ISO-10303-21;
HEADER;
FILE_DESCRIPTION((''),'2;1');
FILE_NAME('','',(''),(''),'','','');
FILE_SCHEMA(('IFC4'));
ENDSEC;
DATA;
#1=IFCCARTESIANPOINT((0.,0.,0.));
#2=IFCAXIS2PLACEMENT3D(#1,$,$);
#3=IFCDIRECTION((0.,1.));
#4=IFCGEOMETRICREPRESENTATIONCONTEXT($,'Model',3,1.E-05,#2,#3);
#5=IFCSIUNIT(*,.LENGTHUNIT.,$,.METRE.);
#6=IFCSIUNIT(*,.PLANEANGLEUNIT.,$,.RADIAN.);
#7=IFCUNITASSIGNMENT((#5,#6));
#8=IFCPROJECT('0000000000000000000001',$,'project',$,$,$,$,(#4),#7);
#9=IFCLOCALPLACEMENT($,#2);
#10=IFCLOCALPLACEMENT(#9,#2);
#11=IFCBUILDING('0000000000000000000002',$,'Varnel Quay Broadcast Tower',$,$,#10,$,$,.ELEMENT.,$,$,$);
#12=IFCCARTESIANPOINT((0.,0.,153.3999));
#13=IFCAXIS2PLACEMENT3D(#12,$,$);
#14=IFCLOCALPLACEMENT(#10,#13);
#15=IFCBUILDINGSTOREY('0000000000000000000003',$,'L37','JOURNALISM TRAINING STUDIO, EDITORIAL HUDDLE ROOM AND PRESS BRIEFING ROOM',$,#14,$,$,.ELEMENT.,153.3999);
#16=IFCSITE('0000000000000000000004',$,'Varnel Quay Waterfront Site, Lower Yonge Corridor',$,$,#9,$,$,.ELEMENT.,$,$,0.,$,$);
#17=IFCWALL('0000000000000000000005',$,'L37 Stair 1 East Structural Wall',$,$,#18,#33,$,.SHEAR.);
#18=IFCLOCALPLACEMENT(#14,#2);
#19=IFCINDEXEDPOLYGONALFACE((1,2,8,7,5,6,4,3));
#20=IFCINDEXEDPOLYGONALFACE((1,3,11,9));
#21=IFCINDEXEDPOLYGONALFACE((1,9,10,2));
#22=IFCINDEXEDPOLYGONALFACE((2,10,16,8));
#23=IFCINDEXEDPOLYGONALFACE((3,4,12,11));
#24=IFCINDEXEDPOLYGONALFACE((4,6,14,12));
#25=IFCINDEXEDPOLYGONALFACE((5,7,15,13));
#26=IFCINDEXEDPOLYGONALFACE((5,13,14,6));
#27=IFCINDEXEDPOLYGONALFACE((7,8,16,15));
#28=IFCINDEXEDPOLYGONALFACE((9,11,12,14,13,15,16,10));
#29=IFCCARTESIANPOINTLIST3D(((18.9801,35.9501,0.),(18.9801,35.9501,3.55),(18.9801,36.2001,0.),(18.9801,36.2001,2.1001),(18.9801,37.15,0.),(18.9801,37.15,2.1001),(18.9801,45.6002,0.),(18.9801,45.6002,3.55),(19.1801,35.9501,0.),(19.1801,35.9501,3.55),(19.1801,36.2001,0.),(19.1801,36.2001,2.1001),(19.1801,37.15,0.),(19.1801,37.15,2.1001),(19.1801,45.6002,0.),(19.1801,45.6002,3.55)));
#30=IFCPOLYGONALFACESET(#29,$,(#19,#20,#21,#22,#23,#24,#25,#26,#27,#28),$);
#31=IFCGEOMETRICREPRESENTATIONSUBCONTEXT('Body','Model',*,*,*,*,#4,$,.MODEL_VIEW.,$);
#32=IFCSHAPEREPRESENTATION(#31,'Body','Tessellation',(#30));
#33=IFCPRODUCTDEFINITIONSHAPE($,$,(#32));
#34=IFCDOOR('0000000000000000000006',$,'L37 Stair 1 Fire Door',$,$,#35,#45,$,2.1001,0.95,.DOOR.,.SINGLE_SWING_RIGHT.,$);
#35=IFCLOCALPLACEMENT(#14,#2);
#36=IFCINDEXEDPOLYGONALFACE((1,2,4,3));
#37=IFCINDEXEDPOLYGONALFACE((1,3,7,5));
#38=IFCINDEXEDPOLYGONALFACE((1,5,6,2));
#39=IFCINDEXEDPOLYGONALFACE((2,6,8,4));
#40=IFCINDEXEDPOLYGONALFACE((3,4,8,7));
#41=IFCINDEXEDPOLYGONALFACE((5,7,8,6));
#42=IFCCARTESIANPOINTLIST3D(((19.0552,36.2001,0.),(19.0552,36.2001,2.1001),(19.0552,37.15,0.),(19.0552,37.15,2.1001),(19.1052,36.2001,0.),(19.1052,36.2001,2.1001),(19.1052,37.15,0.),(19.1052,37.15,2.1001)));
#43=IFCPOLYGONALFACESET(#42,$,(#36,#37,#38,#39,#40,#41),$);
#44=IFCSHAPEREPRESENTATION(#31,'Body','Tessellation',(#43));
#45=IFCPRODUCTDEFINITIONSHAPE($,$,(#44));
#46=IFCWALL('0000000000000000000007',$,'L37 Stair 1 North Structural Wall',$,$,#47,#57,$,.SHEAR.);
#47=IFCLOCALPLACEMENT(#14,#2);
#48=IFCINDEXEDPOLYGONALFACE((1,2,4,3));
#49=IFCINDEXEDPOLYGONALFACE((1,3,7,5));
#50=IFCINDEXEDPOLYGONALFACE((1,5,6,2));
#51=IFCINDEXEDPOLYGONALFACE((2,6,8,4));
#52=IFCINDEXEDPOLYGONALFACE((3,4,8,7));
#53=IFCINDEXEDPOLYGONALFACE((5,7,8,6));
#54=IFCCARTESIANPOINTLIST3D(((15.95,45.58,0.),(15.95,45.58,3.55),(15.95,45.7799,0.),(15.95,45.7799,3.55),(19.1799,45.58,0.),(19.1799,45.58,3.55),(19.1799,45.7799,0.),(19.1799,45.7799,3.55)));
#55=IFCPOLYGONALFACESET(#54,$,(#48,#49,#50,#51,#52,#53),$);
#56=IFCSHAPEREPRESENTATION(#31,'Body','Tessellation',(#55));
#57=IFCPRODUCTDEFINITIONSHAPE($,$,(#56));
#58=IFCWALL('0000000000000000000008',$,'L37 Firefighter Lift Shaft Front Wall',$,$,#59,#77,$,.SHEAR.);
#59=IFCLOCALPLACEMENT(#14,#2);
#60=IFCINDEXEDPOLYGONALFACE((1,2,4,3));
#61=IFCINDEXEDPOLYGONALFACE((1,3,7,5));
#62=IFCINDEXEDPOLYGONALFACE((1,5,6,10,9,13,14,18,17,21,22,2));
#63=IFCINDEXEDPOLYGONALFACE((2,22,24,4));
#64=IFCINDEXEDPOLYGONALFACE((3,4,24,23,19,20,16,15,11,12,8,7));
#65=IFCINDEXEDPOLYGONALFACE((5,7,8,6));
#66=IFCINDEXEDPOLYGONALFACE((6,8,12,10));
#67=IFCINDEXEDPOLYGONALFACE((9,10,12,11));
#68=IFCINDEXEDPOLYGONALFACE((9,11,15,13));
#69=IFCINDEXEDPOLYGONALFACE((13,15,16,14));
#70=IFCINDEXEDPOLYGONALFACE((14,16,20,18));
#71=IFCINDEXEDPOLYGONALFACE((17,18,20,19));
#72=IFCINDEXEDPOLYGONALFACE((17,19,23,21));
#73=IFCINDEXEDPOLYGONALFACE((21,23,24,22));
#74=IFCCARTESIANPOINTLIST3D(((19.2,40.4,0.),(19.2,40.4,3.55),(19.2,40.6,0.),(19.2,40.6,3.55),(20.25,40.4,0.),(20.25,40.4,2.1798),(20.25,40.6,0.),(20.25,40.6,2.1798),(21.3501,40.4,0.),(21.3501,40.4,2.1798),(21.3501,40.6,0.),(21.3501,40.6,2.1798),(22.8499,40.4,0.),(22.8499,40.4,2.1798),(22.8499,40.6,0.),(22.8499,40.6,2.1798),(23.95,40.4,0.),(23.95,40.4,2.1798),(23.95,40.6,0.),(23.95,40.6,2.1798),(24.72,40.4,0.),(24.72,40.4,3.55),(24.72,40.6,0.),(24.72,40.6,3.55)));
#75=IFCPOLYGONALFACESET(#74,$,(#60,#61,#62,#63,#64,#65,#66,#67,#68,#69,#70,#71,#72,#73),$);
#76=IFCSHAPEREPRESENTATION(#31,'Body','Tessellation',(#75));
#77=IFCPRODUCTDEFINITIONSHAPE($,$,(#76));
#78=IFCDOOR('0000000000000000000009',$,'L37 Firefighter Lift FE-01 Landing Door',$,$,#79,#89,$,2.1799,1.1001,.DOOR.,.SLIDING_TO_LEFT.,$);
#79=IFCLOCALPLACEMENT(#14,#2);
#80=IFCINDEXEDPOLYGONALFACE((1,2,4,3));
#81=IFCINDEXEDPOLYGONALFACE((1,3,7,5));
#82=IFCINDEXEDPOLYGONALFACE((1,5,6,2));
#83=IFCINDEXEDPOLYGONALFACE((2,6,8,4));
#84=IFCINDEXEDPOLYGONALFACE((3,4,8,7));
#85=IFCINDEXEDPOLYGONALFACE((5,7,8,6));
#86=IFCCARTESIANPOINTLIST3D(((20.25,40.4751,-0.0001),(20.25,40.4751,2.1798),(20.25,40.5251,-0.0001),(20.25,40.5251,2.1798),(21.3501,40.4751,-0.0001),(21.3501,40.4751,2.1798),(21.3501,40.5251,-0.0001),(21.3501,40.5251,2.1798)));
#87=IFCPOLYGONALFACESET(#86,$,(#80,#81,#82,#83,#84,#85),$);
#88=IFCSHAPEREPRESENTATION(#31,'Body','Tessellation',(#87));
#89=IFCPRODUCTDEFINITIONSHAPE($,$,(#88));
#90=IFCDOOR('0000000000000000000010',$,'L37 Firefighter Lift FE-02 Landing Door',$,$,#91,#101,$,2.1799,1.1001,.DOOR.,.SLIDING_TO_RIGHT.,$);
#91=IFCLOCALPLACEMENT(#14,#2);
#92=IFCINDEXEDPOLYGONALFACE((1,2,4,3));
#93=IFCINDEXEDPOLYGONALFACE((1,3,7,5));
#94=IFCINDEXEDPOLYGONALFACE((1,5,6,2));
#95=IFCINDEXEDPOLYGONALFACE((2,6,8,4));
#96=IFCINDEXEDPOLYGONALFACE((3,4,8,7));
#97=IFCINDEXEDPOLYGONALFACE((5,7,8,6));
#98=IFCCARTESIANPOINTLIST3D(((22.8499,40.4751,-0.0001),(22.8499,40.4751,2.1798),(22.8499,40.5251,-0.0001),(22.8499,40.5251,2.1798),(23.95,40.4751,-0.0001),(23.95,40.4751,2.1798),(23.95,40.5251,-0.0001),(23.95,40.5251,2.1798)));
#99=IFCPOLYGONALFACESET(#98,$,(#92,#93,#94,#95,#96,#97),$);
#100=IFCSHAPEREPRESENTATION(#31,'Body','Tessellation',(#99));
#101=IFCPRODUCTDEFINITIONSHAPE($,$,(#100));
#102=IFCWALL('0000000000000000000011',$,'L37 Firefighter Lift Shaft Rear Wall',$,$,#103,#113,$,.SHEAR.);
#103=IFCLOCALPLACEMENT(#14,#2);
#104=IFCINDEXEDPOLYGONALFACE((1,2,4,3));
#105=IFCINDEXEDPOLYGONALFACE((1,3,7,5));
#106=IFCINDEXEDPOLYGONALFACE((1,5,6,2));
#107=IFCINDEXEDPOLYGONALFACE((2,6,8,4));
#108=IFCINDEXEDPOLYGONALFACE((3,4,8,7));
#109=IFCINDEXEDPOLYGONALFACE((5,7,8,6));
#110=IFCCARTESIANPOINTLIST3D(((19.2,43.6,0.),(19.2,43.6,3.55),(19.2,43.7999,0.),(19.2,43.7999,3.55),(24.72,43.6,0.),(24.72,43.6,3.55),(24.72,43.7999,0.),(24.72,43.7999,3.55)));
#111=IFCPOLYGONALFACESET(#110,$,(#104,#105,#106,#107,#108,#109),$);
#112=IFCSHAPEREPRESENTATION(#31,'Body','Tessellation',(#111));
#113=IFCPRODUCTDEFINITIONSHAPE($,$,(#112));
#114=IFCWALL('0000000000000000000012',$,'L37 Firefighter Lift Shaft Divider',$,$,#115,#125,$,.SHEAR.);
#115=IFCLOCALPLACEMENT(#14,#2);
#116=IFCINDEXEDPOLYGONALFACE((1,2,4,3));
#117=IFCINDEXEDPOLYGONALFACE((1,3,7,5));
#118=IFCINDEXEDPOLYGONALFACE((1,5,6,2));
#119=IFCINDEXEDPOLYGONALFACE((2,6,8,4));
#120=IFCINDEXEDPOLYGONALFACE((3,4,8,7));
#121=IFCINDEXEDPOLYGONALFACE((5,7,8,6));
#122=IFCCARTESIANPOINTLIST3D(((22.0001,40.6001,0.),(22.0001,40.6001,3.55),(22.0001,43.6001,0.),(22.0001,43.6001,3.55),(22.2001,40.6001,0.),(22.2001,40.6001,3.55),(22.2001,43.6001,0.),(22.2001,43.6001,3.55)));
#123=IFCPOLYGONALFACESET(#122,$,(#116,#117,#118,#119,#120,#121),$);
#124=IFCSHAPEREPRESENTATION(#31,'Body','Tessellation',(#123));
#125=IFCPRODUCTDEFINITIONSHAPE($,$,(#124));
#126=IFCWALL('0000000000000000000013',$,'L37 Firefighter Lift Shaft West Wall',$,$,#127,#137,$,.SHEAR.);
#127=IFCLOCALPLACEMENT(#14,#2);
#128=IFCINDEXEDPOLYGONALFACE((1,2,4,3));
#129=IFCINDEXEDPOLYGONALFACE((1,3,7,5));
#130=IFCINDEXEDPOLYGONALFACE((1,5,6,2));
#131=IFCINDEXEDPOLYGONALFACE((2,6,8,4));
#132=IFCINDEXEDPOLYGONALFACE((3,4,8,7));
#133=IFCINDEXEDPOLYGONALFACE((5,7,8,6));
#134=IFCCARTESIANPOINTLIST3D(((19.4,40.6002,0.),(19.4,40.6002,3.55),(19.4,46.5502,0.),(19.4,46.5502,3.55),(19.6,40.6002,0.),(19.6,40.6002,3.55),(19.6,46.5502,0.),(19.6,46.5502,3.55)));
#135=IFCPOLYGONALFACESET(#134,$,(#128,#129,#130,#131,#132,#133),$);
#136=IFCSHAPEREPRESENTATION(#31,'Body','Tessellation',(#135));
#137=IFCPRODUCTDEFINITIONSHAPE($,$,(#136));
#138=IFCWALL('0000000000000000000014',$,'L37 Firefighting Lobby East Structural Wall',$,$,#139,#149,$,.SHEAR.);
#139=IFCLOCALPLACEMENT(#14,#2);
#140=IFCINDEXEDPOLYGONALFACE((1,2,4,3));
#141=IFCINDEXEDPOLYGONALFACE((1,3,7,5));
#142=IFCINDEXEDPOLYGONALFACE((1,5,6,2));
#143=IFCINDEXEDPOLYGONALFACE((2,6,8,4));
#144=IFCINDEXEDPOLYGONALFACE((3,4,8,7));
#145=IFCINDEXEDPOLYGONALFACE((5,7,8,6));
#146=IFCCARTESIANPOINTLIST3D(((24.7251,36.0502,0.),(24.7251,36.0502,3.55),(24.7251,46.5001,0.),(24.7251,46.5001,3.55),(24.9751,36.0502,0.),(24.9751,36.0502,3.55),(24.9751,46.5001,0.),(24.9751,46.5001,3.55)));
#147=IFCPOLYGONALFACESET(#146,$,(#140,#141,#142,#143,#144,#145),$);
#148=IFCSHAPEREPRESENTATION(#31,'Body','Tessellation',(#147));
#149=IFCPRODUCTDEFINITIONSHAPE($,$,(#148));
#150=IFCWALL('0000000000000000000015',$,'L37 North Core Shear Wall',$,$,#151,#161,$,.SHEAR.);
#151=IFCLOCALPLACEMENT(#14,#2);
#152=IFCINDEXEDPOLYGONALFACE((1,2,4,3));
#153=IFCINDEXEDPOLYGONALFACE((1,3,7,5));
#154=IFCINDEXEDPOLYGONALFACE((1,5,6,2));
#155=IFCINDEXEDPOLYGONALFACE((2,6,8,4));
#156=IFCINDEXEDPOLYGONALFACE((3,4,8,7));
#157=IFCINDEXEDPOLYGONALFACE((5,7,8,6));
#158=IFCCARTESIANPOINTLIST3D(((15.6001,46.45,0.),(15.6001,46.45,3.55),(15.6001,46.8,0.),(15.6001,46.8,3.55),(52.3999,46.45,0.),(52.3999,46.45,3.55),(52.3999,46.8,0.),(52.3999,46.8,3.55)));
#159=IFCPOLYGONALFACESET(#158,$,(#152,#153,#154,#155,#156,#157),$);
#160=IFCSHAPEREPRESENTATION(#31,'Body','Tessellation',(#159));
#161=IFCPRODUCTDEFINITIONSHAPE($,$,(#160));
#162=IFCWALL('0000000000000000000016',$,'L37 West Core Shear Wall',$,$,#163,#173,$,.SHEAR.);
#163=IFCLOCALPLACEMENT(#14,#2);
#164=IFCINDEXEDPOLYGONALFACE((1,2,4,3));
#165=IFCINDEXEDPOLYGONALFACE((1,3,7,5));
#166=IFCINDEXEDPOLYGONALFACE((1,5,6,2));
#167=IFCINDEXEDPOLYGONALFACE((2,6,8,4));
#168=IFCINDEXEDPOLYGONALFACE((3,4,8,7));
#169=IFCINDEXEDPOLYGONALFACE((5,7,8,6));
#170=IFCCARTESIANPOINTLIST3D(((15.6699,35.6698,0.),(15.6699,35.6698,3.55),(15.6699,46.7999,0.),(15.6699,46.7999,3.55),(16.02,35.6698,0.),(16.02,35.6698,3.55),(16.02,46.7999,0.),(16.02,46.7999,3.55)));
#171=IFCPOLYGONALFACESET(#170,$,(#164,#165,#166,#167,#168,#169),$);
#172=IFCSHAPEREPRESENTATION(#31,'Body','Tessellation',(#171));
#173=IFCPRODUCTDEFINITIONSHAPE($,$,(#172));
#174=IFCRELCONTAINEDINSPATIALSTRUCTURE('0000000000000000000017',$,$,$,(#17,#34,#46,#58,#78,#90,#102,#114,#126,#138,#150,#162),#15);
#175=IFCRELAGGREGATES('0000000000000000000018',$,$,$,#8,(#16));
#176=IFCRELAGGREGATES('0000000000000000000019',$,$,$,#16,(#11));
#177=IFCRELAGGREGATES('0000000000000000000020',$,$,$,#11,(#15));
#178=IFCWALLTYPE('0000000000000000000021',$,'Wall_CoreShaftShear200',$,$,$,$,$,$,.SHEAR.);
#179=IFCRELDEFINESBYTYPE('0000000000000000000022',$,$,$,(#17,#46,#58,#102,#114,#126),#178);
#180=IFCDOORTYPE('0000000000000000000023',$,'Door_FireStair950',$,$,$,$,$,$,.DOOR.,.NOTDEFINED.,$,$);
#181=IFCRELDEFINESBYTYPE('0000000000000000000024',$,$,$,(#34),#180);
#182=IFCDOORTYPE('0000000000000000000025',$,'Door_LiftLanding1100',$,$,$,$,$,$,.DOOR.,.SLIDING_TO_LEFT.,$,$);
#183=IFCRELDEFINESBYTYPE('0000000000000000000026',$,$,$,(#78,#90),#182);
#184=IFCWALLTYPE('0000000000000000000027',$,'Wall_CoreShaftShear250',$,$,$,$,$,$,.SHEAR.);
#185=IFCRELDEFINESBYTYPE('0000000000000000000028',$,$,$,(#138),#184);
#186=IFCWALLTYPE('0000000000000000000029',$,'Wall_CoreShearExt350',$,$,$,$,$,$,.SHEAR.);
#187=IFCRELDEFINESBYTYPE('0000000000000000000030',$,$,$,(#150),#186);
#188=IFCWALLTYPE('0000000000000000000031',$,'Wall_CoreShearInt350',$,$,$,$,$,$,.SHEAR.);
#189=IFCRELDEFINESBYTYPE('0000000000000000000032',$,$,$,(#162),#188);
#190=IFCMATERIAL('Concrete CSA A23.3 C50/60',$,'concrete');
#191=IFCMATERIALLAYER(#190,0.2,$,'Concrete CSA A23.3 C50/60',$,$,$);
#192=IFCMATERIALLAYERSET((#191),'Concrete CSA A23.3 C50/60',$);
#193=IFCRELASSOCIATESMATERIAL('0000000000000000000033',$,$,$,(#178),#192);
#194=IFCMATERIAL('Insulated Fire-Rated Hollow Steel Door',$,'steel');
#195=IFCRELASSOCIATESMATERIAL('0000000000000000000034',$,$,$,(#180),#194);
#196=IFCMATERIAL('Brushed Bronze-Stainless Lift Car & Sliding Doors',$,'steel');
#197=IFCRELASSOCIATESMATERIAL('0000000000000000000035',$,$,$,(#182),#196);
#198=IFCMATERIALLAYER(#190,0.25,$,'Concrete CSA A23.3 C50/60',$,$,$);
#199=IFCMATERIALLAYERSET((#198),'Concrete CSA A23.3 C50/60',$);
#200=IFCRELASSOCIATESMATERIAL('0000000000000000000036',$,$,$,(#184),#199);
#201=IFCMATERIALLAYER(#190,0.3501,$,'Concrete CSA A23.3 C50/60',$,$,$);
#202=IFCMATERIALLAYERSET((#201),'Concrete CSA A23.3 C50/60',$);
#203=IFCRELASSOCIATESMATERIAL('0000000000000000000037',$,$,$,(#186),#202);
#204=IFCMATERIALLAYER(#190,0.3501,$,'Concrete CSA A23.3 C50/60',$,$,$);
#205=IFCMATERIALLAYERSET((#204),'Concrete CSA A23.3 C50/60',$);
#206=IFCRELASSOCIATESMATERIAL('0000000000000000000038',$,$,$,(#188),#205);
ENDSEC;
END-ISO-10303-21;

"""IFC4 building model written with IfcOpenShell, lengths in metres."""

from ifc_helpers import new_model, si_unit, direction, frame, frame_2d, origin, place, context, subcontext, project, spatial, rectangle, extrude, source, transform, mapped, material, layer, layer_set, type_object, type_shapes, element, fill, save


model = new_model("IFC4")

# Units and contexts
model_context = context("Model", 3, precision=1e-05, world=origin(), true_north=direction((0.0, 1.0)))
body_context = subcontext(model_context, "Body", "Model", "MODEL_VIEW")
ifc_project = project(units=[si_unit("LENGTHUNIT", "METRE"), si_unit("PLANEANGLEUNIT", "RADIAN")], contexts=[model_context])

# Site, building, storey
site_placement = place(None, origin())
site = spatial("IfcSite", under=ifc_project, at=site_placement, Name="Varnel Quay Waterfront Site, Lower Yonge Corridor", CompositionType="ELEMENT", RefElevation=0.0)
building_placement = place(site_placement, origin())
building = spatial("IfcBuilding", under=site, at=building_placement, Name="Varnel Quay Broadcast Tower", CompositionType="ELEMENT")
storey_placement = place(building_placement, frame((0.0, 0.0, 153.3999)))
storey = spatial("IfcBuildingStorey", under=building, at=storey_placement, Name="L37", Description="JOURNALISM TRAINING STUDIO, EDITORIAL HUDDLE ROOM AND PRESS BRIEFING ROOM", CompositionType="ELEMENT", Elevation=153.3999)

# Wall, opening, door
ifc_material_1 = material(Name="Concrete CSA A23.3 C50/60", Category="concrete")
ifc_layer_1 = layer(ifc_material_1, 0.2, Name="Concrete CSA A23.3 C50/60")
ifc_layer_set_1 = layer_set([ifc_layer_1], Name="Concrete CSA A23.3 C50/60")
wall_type_1 = type_object("IfcWallType", Name="Wall_CoreShaftShear200", PredefinedType="SHEAR", material=ifc_layer_set_1)
wall_1_placement = place(storey_placement, frame((19.0801, 35.95, 0.0), z_axis=(0.0, 0.0, 1.0), x_axis=(0.0, 1.0, 0.0)))
wall_1 = element("IfcWall", 1, at=wall_1_placement, inside=storey, type_object=wall_type_1, Name="L37 Stair 1 East Structural Wall", PredefinedType="SHEAR", context=body_context, shape_type="SweptSolid", body=[
    extrude(rectangle(XDim=9.6501, YDim=0.2, at=frame_2d((4.8252, 0.0))), origin(), (0.0, 0.0, 1.0), 3.55),
])
opening_1_placement = place(wall_1_placement, frame((0.25, 0.0, 0.0)))
opening_1 = element("IfcOpeningElement", 2, at=opening_1_placement, cuts=wall_1, PredefinedType="OPENING", context=body_context, shape_type="SweptSolid", body=[
    extrude(rectangle(XDim=0.95, YDim=2.1001, at=frame_2d((0.4751, 1.05))), frame((0.0, 0.1099, 0.0), z_axis=(0.0, -1.0, 0.0), x_axis=(1.0, 0.0, 0.0)), (0.0, 0.0, 1.0), 0.22),
])
ifc_material_2 = material(Name="Insulated Fire-Rated Hollow Steel Door", Category="steel")
door_type_1 = type_object("IfcDoorType", Name="Door_FireStair950", OperationType="NOTDEFINED", PredefinedType="DOOR", material=ifc_material_2)
shared_shape_1 = source(origin(), body_context, "Body", "SweptSolid", [
    extrude(rectangle(XDim=0.95, YDim=2.1001, at=frame_2d((0.4751, 1.05))), frame((0.0, 0.0249, 0.0), z_axis=(0.0, -1.0, 0.0), x_axis=(1.0, 0.0, 0.0)), (0.0, 0.0, 1.0), 0.05),
])
type_shapes(door_type_1, [shared_shape_1])
door_1_placement = place(opening_1_placement, origin())
door_1 = element("IfcDoor", 3, at=door_1_placement, inside=storey, type_object=door_type_1, Name="L37 Stair 1 Fire Door", OperationType="SINGLE_SWING_RIGHT", OverallHeight=2.1001, OverallWidth=0.95, PredefinedType="DOOR", context=body_context, shape_type="MappedRepresentation", body=[
    mapped(shared_shape_1, transform((0.0, 0.0, 0.0), x_axis=(1.0, 0.0, 0.0), y_axis=(0.0, 1.0, 0.0), z_axis=(0.0, 0.0, 1.0), scale=1.0)),
])
fill(opening_1, door_1)

# Wall
wall_2_placement = place(storey_placement, frame((15.95, 45.6799, 0.0), z_axis=(0.0, 0.0, 1.0), x_axis=(1.0, 0.0, 0.0)))
element("IfcWall", 4, at=wall_2_placement, inside=storey, type_object=wall_type_1, Name="L37 Stair 1 North Structural Wall", PredefinedType="SHEAR", context=body_context, shape_type="SweptSolid", body=[
    extrude(rectangle(XDim=3.23, YDim=0.2, at=frame_2d((1.615, 0.0))), origin(), (0.0, 0.0, 1.0), 3.55),
])

# Wall, openings, doors
wall_3_placement = place(storey_placement, frame((19.2, 40.5, 0.0), z_axis=(0.0, 0.0, 1.0), x_axis=(1.0, 0.0, 0.0)))
wall_3 = element("IfcWall", 5, at=wall_3_placement, inside=storey, type_object=wall_type_1, Name="L37 Firefighter Lift Shaft Front Wall", PredefinedType="SHEAR", context=body_context, shape_type="SweptSolid", body=[
    extrude(rectangle(XDim=5.52, YDim=0.2, at=frame_2d((2.76, 0.0))), origin(), (0.0, 0.0, 1.0), 3.55),
])
opening_2_placement = place(wall_3_placement, frame((1.05, 0.0, 0.0)))
opening_2 = element("IfcOpeningElement", 6, at=opening_2_placement, cuts=wall_3, PredefinedType="OPENING", context=body_context, shape_type="SweptSolid", body=[
    extrude(rectangle(XDim=1.1001, YDim=2.1799, at=frame_2d((0.55, 1.0898))), frame((0.0, 0.1099, 0.0), z_axis=(0.0, -1.0, 0.0), x_axis=(1.0, 0.0, 0.0)), (0.0, 0.0, 1.0), 0.22),
])
opening_3_placement = place(wall_3_placement, frame((3.6499, 0.0, 0.0)))
opening_3 = element("IfcOpeningElement", 7, at=opening_3_placement, cuts=wall_3, PredefinedType="OPENING", context=body_context, shape_type="SweptSolid", body=[
    extrude(rectangle(XDim=1.1001, YDim=2.1799, at=frame_2d((0.55, 1.0898))), frame((0.0, 0.1099, 0.0), z_axis=(0.0, -1.0, 0.0), x_axis=(1.0, 0.0, 0.0)), (0.0, 0.0, 1.0), 0.22),
])
ifc_material_3 = material(Name="Brushed Bronze-Stainless Lift Car & Sliding Doors", Category="steel")
door_type_2 = type_object("IfcDoorType", Name="Door_LiftLanding1100", OperationType="SLIDING_TO_LEFT", PredefinedType="DOOR", material=ifc_material_3)
shared_shape_2 = source(origin(), body_context, "Body", "SweptSolid", [
    extrude(rectangle(XDim=1.1001, YDim=2.1799, at=frame_2d((0.55, 1.0898))), frame((0.0, 0.0249, 0.0), z_axis=(0.0, -1.0, 0.0), x_axis=(1.0, 0.0, 0.0)), (0.0, 0.0, 1.0), 0.05),
])
type_shapes(door_type_2, [shared_shape_2])
door_2_placement = place(opening_2_placement, frame((1.1001, 0.0, 0.0), z_axis=(0.0, 0.0, 1.0), x_axis=(-1.0, 0.0, 0.0)))
door_2 = element("IfcDoor", 8, at=door_2_placement, inside=storey, type_object=door_type_2, Name="L37 Firefighter Lift FE-01 Landing Door", OperationType="SLIDING_TO_LEFT", OverallHeight=2.1799, OverallWidth=1.1001, PredefinedType="DOOR", context=body_context, shape_type="MappedRepresentation", body=[
    mapped(shared_shape_2, transform((0.0, 0.0, 0.0), x_axis=(1.0, 0.0, 0.0), y_axis=(0.0, 1.0, 0.0), z_axis=(0.0, 0.0, 1.0), scale=1.0)),
])
fill(opening_2, door_2)
door_3_placement = place(opening_3_placement, frame((1.1001, 0.0, 0.0), z_axis=(0.0, 0.0, 1.0), x_axis=(-1.0, 0.0, 0.0)))
door_3 = element("IfcDoor", 9, at=door_3_placement, inside=storey, type_object=door_type_2, Name="L37 Firefighter Lift FE-02 Landing Door", OperationType="SLIDING_TO_RIGHT", OverallHeight=2.1799, OverallWidth=1.1001, PredefinedType="DOOR", context=body_context, shape_type="MappedRepresentation", body=[
    mapped(shared_shape_2, transform((0.0, 0.0, 0.0), x_axis=(1.0, 0.0, 0.0), y_axis=(0.0, 1.0, 0.0), z_axis=(0.0, 0.0, 1.0), scale=1.0)),
])
fill(opening_3, door_3)

# Walls
wall_4_placement = place(storey_placement, frame((19.2, 43.7, 0.0), z_axis=(0.0, 0.0, 1.0), x_axis=(1.0, 0.0, 0.0)))
element("IfcWall", 10, at=wall_4_placement, inside=storey, type_object=wall_type_1, Name="L37 Firefighter Lift Shaft Rear Wall", PredefinedType="SHEAR", context=body_context, shape_type="SweptSolid", body=[
    extrude(rectangle(XDim=5.52, YDim=0.2, at=frame_2d((2.76, 0.0))), origin(), (0.0, 0.0, 1.0), 3.55),
])
wall_5_placement = place(storey_placement, frame((22.1001, 40.6001, 0.0), z_axis=(0.0, 0.0, 1.0), x_axis=(0.0, 1.0, 0.0)))
element("IfcWall", 11, at=wall_5_placement, inside=storey, type_object=wall_type_1, Name="L37 Firefighter Lift Shaft Divider", PredefinedType="SHEAR", context=body_context, shape_type="SweptSolid", body=[
    extrude(rectangle(XDim=3.0, YDim=0.2, at=frame_2d((1.5, 0.0))), origin(), (0.0, 0.0, 1.0), 3.55),
])
wall_6_placement = place(storey_placement, frame((19.5, 40.6001, 0.0), z_axis=(0.0, 0.0, 1.0), x_axis=(0.0, 1.0, 0.0)))
element("IfcWall", 12, at=wall_6_placement, inside=storey, type_object=wall_type_1, Name="L37 Firefighter Lift Shaft West Wall", PredefinedType="SHEAR", context=body_context, shape_type="SweptSolid", body=[
    extrude(rectangle(XDim=5.95, YDim=0.2, at=frame_2d((2.9751, 0.0))), origin(), (0.0, 0.0, 1.0), 3.55),
])
ifc_layer_2 = layer(ifc_material_1, 0.25, Name="Concrete CSA A23.3 C50/60")
ifc_layer_set_2 = layer_set([ifc_layer_2], Name="Concrete CSA A23.3 C50/60")
wall_type_2 = type_object("IfcWallType", Name="Wall_CoreShaftShear250", PredefinedType="SHEAR", material=ifc_layer_set_2)
wall_7_placement = place(storey_placement, frame((24.8501, 36.05, 0.0), z_axis=(0.0, 0.0, 1.0), x_axis=(0.0, 1.0, 0.0)))
element("IfcWall", 13, at=wall_7_placement, inside=storey, type_object=wall_type_2, Name="L37 Firefighting Lobby East Structural Wall", PredefinedType="SHEAR", context=body_context, shape_type="SweptSolid", body=[
    extrude(rectangle(XDim=10.45, YDim=0.25, at=frame_2d((5.2251, 0.0))), origin(), (0.0, 0.0, 1.0), 3.55),
])
ifc_layer_3 = layer(ifc_material_1, 0.3501, Name="Concrete CSA A23.3 C50/60")
ifc_layer_set_3 = layer_set([ifc_layer_3], Name="Concrete CSA A23.3 C50/60")
wall_type_3 = type_object("IfcWallType", Name="Wall_CoreShearExt350", PredefinedType="SHEAR", material=ifc_layer_set_3)
wall_8_placement = place(storey_placement, frame((15.6001, 46.625, 0.0), z_axis=(0.0, 0.0, 1.0), x_axis=(1.0, 0.0, 0.0)))
element("IfcWall", 14, at=wall_8_placement, inside=storey, type_object=wall_type_3, Name="L37 North Core Shear Wall", PredefinedType="SHEAR", context=body_context, shape_type="SweptSolid", body=[
    extrude(rectangle(XDim=36.7998, YDim=0.3501, at=frame_2d((18.3999, 0.0))), origin(), (0.0, 0.0, 1.0), 3.55),
])
ifc_layer_4 = layer(ifc_material_1, 0.3501, Name="Concrete CSA A23.3 C50/60")
ifc_layer_set_4 = layer_set([ifc_layer_4], Name="Concrete CSA A23.3 C50/60")
wall_type_4 = type_object("IfcWallType", Name="Wall_CoreShearInt350", PredefinedType="SHEAR", material=ifc_layer_set_4)
wall_9_placement = place(storey_placement, frame((15.845, 35.6699, 0.0), z_axis=(0.0, 0.0, 1.0), x_axis=(0.0, 1.0, 0.0)))
element("IfcWall", 15, at=wall_9_placement, inside=storey, type_object=wall_type_4, Name="L37 West Core Shear Wall", PredefinedType="SHEAR", context=body_context, shape_type="SweptSolid", body=[
    extrude(rectangle(XDim=11.1301, YDim=0.3501, at=frame_2d((5.5649, 0.0))), origin(), (0.0, 0.0, 1.0), 3.55),
])

save(model, "model.ifc")
